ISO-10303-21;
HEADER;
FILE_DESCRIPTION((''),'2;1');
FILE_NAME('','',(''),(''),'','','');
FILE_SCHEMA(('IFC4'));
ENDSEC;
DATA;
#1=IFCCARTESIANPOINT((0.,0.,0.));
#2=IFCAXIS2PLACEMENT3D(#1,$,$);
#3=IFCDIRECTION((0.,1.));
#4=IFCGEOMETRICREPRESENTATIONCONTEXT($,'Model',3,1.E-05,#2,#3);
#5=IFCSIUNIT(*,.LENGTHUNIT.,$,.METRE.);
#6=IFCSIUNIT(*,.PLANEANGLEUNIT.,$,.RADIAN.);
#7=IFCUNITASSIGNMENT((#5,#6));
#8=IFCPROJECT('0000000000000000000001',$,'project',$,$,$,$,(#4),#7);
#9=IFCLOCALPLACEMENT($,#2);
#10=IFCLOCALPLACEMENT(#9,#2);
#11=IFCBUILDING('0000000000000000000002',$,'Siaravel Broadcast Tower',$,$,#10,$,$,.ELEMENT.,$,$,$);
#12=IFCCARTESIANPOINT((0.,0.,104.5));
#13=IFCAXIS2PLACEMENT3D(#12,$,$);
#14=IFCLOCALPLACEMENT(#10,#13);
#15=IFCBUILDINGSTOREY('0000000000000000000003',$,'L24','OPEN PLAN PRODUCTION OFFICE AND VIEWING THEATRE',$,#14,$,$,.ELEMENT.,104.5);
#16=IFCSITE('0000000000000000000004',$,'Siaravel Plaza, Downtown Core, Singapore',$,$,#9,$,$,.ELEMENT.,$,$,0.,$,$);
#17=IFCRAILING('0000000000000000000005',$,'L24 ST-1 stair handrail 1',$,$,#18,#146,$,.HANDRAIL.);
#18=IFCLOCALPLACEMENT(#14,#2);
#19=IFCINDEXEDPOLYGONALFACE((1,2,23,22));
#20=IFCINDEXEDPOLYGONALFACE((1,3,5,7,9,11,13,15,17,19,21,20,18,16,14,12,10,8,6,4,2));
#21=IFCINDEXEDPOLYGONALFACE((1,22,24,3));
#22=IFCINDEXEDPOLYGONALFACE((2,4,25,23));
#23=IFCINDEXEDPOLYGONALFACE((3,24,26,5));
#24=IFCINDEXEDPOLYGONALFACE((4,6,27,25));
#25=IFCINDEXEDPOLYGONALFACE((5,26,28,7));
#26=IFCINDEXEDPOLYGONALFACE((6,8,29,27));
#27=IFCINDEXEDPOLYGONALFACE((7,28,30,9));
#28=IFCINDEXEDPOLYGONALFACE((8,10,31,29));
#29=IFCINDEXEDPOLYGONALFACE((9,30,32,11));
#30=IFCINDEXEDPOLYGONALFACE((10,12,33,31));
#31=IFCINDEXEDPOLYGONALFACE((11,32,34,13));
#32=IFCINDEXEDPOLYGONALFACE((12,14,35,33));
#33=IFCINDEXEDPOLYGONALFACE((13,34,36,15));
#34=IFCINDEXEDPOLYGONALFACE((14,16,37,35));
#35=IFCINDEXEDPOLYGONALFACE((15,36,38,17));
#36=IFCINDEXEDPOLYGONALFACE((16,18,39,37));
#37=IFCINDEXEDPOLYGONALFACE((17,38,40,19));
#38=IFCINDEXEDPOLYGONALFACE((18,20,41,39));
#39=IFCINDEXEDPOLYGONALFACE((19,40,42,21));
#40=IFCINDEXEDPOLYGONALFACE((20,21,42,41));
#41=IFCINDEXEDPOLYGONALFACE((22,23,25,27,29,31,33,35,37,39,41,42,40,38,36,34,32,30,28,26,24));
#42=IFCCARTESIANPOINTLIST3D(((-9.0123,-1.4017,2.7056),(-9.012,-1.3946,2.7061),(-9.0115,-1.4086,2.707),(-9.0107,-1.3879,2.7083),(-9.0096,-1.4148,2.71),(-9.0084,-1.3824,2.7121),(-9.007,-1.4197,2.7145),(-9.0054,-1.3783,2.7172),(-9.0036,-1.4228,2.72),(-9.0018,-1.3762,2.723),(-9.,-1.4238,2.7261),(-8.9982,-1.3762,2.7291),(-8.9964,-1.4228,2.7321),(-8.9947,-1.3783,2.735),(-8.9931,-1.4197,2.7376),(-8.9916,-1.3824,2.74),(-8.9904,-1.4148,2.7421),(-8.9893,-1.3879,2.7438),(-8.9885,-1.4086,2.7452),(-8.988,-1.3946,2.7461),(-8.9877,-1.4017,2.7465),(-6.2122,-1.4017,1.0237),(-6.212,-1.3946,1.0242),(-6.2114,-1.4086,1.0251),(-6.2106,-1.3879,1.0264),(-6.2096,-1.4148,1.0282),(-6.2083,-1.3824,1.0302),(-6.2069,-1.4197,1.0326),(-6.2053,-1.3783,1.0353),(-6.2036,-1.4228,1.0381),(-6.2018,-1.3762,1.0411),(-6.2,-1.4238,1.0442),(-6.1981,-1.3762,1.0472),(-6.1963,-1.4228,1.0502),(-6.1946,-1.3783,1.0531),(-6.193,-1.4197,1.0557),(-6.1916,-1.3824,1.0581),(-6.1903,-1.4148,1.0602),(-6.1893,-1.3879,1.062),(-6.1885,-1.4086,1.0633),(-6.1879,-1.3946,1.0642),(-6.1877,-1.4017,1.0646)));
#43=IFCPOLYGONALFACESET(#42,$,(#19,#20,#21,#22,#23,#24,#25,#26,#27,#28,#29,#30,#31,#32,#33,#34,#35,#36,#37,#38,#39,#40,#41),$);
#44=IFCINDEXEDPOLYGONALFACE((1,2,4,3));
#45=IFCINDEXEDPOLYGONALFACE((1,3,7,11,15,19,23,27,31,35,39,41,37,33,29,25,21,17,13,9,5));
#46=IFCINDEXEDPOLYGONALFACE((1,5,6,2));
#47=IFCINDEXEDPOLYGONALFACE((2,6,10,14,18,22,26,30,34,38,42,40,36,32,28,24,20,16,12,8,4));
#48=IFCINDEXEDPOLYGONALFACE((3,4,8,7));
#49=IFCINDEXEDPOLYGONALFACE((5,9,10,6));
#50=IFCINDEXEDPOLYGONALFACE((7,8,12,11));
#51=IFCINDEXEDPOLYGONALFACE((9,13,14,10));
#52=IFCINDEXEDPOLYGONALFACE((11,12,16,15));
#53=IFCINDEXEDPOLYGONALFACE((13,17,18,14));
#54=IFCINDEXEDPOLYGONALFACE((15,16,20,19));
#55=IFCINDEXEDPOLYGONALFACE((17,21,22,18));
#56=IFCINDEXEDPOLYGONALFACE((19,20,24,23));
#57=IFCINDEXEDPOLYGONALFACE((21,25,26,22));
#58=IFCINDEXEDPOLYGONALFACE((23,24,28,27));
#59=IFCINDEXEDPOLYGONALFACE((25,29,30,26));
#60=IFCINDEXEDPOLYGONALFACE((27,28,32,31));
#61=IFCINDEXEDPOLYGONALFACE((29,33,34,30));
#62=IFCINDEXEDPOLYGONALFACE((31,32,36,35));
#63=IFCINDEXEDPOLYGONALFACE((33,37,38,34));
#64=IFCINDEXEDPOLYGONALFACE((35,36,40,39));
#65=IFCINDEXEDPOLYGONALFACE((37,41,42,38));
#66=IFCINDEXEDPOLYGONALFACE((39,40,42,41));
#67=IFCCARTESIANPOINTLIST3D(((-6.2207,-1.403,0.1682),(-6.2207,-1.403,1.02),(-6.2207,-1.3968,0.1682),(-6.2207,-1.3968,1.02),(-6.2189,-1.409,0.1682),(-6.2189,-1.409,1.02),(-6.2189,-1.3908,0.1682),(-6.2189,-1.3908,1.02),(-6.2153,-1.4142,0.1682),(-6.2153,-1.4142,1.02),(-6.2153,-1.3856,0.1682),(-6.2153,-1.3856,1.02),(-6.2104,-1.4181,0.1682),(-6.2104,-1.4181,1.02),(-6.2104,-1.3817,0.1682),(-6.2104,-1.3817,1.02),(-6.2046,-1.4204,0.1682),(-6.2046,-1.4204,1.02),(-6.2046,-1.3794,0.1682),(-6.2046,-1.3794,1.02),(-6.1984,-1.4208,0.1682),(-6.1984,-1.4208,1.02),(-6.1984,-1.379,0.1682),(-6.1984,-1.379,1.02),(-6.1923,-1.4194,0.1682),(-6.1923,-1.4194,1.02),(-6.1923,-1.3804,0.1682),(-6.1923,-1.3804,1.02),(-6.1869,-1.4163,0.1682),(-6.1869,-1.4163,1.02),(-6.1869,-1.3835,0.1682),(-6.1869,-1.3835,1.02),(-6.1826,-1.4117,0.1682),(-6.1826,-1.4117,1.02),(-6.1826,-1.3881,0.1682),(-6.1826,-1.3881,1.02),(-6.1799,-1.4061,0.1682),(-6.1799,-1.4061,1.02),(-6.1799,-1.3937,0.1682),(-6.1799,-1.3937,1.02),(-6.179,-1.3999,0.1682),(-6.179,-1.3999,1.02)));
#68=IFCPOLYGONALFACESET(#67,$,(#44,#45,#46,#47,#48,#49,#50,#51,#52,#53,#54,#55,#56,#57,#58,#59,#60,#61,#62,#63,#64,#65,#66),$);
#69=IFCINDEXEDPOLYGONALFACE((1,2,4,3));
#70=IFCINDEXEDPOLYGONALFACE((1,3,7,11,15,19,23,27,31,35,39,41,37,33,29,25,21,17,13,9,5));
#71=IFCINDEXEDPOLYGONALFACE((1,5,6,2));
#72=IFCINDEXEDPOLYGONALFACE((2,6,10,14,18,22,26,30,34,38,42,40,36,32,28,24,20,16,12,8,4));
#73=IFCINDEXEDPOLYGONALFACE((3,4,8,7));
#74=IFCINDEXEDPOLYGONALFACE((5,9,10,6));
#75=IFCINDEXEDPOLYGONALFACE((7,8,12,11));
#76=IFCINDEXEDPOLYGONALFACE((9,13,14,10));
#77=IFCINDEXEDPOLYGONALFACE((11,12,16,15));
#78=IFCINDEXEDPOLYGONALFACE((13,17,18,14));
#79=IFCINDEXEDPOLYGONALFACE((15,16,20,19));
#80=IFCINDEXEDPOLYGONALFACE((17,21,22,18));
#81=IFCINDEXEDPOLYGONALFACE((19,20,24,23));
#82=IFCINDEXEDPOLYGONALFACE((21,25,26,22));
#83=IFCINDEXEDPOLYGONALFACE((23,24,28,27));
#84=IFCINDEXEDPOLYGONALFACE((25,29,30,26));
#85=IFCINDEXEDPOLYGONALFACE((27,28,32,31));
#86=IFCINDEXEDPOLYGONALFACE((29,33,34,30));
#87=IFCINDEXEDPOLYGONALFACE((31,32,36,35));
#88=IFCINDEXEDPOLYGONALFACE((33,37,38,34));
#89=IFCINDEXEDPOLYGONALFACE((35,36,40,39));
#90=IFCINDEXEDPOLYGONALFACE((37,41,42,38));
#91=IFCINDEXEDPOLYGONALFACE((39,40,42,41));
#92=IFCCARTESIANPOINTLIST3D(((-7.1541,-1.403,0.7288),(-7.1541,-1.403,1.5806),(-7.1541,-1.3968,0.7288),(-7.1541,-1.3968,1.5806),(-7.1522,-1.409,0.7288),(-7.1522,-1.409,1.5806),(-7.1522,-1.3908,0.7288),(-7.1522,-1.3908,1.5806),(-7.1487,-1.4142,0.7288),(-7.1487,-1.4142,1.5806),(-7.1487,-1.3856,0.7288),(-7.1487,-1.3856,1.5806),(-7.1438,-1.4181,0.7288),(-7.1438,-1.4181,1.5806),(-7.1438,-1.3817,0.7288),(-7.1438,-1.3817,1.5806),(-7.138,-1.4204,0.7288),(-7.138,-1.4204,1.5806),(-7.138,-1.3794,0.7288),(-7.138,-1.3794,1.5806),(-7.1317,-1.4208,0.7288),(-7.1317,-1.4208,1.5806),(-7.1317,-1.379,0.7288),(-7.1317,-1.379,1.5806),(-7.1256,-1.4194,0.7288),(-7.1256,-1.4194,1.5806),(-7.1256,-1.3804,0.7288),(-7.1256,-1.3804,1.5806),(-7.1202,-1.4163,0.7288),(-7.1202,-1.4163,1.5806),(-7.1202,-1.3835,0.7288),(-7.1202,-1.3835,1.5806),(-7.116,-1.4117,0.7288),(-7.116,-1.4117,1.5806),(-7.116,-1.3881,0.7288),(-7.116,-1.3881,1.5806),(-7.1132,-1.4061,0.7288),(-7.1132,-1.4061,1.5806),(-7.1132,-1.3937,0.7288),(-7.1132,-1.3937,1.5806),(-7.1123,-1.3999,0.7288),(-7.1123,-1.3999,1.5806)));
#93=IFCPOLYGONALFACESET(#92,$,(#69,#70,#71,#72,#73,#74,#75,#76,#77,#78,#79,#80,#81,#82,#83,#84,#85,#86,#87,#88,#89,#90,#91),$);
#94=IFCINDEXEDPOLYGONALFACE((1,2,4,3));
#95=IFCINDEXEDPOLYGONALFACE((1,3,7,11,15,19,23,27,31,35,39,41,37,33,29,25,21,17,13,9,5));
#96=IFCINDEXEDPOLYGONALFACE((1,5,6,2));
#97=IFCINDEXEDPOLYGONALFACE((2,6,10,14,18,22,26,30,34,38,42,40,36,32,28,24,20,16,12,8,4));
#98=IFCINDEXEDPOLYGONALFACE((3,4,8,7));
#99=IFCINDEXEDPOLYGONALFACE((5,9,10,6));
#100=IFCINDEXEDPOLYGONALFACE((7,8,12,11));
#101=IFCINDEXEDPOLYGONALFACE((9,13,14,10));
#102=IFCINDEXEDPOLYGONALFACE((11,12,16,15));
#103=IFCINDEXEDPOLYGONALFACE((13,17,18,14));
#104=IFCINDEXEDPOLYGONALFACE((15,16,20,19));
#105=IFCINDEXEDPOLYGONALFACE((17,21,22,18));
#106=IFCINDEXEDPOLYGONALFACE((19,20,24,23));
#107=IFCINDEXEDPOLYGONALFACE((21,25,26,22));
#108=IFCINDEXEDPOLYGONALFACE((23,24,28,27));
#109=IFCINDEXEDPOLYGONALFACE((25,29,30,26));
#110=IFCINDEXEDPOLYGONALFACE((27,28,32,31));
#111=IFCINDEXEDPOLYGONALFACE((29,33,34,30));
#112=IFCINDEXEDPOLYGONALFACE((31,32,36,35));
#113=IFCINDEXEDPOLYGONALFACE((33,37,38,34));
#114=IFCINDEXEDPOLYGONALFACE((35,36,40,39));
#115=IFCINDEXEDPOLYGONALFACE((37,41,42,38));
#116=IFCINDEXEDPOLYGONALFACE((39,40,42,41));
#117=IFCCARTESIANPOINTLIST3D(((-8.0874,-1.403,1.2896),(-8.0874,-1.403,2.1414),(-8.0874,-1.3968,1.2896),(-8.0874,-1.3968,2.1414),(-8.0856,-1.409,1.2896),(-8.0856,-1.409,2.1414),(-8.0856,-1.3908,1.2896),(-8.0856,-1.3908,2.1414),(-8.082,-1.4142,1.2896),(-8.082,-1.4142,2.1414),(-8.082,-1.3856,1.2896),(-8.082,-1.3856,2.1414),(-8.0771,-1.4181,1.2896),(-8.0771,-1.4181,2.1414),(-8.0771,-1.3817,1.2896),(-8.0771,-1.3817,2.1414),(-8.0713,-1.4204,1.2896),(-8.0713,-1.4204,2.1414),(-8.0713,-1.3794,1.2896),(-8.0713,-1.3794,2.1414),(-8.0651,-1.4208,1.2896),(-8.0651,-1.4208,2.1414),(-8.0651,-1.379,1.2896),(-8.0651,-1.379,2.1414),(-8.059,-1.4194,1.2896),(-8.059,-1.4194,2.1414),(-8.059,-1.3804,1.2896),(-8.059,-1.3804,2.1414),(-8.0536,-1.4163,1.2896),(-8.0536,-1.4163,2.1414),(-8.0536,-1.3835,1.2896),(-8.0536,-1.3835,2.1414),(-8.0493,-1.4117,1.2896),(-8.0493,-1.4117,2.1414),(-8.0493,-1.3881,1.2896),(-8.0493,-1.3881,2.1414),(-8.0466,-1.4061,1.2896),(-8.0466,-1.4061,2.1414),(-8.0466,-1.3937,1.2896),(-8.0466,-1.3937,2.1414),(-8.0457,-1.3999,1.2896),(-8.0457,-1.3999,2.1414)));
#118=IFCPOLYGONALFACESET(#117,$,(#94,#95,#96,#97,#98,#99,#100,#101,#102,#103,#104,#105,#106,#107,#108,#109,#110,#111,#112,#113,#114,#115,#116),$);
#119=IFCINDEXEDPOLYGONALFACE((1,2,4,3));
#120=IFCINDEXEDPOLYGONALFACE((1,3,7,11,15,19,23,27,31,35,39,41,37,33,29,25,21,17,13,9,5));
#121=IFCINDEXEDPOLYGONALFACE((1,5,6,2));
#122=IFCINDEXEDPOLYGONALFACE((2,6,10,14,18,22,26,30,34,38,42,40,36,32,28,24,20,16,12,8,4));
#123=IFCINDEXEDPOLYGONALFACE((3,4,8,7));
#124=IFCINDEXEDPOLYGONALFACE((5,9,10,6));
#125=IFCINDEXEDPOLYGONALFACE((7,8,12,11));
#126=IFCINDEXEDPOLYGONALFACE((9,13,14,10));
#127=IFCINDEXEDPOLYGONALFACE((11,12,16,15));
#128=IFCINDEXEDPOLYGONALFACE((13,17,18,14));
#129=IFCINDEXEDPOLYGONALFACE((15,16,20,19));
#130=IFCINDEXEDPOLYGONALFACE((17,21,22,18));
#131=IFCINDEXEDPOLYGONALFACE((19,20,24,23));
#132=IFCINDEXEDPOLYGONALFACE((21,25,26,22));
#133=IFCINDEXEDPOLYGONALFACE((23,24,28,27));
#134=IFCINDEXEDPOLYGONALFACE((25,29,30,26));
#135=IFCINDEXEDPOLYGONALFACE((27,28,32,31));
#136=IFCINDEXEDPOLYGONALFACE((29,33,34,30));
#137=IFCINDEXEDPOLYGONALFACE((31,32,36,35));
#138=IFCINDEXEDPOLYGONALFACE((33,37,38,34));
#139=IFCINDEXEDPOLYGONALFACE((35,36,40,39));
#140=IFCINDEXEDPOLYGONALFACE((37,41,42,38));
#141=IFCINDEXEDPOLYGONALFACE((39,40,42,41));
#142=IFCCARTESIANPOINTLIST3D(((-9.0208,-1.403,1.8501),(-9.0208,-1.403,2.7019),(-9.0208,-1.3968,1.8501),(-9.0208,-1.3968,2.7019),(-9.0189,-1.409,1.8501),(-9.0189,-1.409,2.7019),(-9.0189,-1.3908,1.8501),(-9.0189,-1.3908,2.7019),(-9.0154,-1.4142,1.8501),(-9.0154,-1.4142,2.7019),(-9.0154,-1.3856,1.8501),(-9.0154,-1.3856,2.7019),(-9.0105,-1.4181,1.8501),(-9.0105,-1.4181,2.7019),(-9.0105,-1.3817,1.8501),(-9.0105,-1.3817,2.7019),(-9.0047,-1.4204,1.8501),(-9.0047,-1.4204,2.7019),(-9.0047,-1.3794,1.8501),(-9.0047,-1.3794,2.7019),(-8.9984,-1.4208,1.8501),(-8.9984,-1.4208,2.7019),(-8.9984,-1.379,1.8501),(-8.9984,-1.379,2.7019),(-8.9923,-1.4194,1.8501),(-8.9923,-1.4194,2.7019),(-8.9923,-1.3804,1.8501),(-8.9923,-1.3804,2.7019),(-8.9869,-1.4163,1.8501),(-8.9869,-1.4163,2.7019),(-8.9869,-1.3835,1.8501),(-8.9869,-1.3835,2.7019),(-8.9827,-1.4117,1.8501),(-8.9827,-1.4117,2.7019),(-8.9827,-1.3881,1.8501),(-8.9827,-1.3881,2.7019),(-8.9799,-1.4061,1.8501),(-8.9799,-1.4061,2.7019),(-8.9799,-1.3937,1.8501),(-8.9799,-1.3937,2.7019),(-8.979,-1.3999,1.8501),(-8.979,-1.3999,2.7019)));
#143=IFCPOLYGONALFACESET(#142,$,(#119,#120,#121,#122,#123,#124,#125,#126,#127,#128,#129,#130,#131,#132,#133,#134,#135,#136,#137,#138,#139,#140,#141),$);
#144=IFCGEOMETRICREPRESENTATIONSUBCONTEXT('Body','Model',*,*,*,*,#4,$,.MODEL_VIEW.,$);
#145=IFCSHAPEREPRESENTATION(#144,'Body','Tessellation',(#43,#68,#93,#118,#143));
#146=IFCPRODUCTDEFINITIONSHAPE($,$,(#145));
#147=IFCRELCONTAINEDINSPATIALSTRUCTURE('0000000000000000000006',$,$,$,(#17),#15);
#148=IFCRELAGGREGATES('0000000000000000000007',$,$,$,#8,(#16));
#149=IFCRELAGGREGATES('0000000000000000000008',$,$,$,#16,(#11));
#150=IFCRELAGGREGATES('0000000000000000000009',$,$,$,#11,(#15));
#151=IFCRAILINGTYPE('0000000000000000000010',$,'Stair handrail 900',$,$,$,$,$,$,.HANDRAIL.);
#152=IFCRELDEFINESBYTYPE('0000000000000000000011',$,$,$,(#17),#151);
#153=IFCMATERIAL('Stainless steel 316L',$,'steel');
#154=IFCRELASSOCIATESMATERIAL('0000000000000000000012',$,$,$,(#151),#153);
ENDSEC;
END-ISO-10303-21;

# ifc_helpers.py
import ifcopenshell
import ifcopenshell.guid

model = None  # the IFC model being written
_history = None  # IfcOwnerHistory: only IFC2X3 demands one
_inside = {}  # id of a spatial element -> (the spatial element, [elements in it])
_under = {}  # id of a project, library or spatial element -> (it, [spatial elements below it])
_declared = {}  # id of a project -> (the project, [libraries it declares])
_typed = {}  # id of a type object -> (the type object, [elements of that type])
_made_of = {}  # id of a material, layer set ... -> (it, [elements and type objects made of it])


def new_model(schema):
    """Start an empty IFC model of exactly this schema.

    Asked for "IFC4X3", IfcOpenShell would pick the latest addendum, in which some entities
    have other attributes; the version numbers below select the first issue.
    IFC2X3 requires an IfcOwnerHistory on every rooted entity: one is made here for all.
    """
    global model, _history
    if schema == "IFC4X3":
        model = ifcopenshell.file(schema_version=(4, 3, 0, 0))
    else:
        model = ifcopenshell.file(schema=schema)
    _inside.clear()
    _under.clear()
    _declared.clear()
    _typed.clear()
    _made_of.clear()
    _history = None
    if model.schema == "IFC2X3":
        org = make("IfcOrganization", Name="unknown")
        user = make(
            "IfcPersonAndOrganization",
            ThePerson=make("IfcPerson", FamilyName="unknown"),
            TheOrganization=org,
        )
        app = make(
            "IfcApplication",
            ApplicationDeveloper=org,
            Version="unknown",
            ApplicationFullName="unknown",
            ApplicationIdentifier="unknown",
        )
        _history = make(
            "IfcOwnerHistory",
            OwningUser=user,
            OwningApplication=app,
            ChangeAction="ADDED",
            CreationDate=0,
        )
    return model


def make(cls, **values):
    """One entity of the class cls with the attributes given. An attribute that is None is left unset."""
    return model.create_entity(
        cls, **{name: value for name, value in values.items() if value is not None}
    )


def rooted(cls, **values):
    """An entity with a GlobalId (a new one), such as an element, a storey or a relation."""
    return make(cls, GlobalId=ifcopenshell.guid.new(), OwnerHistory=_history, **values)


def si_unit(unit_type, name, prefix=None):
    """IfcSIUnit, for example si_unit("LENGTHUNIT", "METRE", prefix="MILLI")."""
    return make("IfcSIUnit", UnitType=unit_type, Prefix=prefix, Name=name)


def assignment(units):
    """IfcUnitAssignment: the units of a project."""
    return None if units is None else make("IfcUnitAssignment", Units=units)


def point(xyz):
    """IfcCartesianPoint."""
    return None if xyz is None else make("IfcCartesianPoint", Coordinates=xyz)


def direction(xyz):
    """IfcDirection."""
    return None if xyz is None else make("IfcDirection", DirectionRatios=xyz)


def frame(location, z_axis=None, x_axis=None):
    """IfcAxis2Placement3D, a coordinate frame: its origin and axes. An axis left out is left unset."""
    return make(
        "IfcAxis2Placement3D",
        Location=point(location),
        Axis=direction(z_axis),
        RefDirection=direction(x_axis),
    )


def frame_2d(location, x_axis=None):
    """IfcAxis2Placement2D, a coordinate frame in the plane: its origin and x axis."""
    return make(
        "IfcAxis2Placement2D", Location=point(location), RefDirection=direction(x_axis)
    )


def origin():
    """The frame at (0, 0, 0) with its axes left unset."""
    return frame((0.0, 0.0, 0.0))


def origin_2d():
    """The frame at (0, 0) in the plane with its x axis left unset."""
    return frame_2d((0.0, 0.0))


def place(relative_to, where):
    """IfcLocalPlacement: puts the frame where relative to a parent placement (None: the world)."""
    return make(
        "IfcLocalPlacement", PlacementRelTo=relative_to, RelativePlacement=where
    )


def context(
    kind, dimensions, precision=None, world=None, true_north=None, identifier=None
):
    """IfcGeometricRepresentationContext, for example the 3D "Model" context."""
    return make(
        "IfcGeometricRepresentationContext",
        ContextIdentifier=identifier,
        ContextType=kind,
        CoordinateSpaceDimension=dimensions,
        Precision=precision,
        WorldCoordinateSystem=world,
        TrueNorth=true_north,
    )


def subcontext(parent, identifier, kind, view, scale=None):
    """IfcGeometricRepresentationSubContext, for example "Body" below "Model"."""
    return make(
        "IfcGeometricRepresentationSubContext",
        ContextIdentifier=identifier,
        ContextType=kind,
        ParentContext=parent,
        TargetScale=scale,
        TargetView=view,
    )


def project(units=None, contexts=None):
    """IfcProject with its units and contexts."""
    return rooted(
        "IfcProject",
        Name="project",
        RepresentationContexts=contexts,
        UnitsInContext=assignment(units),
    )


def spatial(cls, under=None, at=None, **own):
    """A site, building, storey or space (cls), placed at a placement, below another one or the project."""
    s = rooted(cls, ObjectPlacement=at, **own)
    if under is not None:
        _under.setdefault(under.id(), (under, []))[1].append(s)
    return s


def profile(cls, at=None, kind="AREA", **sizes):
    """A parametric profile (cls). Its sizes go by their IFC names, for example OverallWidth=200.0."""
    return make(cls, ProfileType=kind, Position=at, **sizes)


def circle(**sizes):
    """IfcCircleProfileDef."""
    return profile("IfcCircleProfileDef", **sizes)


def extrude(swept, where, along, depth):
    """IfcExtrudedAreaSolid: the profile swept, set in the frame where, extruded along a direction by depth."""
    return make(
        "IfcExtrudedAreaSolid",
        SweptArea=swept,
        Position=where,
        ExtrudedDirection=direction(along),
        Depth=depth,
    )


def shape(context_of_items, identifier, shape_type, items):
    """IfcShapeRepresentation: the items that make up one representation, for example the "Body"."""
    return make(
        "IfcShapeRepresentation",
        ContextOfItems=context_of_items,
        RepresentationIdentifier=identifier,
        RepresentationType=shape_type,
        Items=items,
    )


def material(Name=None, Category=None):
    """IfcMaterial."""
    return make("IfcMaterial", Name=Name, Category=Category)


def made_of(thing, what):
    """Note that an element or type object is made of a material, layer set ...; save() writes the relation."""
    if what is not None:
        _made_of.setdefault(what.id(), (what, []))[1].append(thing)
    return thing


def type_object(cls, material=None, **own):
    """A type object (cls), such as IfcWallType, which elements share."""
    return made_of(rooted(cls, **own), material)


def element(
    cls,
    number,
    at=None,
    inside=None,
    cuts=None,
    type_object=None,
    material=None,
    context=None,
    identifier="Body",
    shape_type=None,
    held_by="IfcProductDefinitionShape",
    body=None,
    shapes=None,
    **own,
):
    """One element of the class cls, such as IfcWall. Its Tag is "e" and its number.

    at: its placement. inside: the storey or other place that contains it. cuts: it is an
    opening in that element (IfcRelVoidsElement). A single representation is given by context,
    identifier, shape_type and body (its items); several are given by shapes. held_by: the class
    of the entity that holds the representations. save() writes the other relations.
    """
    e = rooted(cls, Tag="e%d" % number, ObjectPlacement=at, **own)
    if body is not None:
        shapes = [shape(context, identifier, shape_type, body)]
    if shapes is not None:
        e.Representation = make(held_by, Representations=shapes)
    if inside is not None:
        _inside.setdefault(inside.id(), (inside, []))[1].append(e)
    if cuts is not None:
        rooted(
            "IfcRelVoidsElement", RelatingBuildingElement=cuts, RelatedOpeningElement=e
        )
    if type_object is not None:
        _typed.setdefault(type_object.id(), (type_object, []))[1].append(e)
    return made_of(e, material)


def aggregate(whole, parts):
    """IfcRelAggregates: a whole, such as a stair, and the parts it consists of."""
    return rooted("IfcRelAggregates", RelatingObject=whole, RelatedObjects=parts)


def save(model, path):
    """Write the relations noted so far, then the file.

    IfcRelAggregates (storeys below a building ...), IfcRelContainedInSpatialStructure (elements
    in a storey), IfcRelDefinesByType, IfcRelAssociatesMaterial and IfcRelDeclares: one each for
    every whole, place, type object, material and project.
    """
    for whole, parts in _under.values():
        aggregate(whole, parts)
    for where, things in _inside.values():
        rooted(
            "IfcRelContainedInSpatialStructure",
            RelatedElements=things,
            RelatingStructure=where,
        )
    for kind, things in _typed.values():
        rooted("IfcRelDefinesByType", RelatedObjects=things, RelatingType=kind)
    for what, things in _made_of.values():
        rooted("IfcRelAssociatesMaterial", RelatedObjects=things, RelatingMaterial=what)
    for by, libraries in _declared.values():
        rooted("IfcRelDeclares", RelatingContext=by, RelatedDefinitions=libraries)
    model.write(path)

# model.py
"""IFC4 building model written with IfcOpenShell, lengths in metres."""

from ifc_helpers import new_model, si_unit, direction, frame, origin, origin_2d, place, context, subcontext, project, spatial, circle, extrude, material, type_object, element, save


model = new_model("IFC4")

# Units and contexts
model_context = context("Model", 3, precision=1e-05, world=origin(), true_north=direction((0.0, 1.0)))
body_context = subcontext(model_context, "Body", "Model", "MODEL_VIEW")
ifc_project = project(units=[si_unit("LENGTHUNIT", "METRE"), si_unit("PLANEANGLEUNIT", "RADIAN")], contexts=[model_context])

# Site, building, storey
site_placement = place(None, origin())
site = spatial("IfcSite", under=ifc_project, at=site_placement, Name="Siaravel Plaza, Downtown Core, Singapore", CompositionType="ELEMENT", RefElevation=0.0)
building_placement = place(site_placement, origin())
building = spatial("IfcBuilding", under=site, at=building_placement, Name="Siaravel Broadcast Tower", CompositionType="ELEMENT")
storey_placement = place(building_placement, frame((0.0, 0.0, 104.5)))
storey = spatial("IfcBuildingStorey", under=building, at=storey_placement, Name="L24", Description="OPEN PLAN PRODUCTION OFFICE AND VIEWING THEATRE", CompositionType="ELEMENT", Elevation=104.5)

# Railing
ifc_material_1 = material(Name="Stainless steel 316L", Category="steel")
railing_type_1 = type_object("IfcRailingType", Name="Stair handrail 900", PredefinedType="HANDRAIL", material=ifc_material_1)
railing_1_placement = place(storey_placement, frame((-6.2, -1.3999, 0.1682)))
element("IfcRailing", 1, at=railing_1_placement, inside=storey, type_object=railing_type_1, Name="L24 ST-1 stair handrail 1", PredefinedType="HANDRAIL", context=body_context, shape_type="SweptSolid", body=[
    extrude(circle(Radius=0.0239, at=origin_2d()), frame((0.0, 0.0, 0.876), z_axis=(-0.857242, 0.0, 0.514913), x_axis=(0.0, -1.0, 0.0)), (0.0, 0.0, 1.0), 3.2664),
    extrude(circle(Radius=0.021, at=origin_2d()), origin(), (0.0, 0.0, 1.0), 0.8518),
    extrude(circle(Radius=0.021, at=origin_2d()), frame((-0.9333, 0.0, 0.5605)), (0.0, 0.0, 1.0), 0.8518),
    extrude(circle(Radius=0.021, at=origin_2d()), frame((-1.8667, 0.0, 1.1213)), (0.0, 0.0, 1.0), 0.8518),
    extrude(circle(Radius=0.021, at=origin_2d()), frame((-2.8, 0.0, 1.6819)), (0.0, 0.0, 1.0), 0.8518),
])

save(model, "model.ifc")
